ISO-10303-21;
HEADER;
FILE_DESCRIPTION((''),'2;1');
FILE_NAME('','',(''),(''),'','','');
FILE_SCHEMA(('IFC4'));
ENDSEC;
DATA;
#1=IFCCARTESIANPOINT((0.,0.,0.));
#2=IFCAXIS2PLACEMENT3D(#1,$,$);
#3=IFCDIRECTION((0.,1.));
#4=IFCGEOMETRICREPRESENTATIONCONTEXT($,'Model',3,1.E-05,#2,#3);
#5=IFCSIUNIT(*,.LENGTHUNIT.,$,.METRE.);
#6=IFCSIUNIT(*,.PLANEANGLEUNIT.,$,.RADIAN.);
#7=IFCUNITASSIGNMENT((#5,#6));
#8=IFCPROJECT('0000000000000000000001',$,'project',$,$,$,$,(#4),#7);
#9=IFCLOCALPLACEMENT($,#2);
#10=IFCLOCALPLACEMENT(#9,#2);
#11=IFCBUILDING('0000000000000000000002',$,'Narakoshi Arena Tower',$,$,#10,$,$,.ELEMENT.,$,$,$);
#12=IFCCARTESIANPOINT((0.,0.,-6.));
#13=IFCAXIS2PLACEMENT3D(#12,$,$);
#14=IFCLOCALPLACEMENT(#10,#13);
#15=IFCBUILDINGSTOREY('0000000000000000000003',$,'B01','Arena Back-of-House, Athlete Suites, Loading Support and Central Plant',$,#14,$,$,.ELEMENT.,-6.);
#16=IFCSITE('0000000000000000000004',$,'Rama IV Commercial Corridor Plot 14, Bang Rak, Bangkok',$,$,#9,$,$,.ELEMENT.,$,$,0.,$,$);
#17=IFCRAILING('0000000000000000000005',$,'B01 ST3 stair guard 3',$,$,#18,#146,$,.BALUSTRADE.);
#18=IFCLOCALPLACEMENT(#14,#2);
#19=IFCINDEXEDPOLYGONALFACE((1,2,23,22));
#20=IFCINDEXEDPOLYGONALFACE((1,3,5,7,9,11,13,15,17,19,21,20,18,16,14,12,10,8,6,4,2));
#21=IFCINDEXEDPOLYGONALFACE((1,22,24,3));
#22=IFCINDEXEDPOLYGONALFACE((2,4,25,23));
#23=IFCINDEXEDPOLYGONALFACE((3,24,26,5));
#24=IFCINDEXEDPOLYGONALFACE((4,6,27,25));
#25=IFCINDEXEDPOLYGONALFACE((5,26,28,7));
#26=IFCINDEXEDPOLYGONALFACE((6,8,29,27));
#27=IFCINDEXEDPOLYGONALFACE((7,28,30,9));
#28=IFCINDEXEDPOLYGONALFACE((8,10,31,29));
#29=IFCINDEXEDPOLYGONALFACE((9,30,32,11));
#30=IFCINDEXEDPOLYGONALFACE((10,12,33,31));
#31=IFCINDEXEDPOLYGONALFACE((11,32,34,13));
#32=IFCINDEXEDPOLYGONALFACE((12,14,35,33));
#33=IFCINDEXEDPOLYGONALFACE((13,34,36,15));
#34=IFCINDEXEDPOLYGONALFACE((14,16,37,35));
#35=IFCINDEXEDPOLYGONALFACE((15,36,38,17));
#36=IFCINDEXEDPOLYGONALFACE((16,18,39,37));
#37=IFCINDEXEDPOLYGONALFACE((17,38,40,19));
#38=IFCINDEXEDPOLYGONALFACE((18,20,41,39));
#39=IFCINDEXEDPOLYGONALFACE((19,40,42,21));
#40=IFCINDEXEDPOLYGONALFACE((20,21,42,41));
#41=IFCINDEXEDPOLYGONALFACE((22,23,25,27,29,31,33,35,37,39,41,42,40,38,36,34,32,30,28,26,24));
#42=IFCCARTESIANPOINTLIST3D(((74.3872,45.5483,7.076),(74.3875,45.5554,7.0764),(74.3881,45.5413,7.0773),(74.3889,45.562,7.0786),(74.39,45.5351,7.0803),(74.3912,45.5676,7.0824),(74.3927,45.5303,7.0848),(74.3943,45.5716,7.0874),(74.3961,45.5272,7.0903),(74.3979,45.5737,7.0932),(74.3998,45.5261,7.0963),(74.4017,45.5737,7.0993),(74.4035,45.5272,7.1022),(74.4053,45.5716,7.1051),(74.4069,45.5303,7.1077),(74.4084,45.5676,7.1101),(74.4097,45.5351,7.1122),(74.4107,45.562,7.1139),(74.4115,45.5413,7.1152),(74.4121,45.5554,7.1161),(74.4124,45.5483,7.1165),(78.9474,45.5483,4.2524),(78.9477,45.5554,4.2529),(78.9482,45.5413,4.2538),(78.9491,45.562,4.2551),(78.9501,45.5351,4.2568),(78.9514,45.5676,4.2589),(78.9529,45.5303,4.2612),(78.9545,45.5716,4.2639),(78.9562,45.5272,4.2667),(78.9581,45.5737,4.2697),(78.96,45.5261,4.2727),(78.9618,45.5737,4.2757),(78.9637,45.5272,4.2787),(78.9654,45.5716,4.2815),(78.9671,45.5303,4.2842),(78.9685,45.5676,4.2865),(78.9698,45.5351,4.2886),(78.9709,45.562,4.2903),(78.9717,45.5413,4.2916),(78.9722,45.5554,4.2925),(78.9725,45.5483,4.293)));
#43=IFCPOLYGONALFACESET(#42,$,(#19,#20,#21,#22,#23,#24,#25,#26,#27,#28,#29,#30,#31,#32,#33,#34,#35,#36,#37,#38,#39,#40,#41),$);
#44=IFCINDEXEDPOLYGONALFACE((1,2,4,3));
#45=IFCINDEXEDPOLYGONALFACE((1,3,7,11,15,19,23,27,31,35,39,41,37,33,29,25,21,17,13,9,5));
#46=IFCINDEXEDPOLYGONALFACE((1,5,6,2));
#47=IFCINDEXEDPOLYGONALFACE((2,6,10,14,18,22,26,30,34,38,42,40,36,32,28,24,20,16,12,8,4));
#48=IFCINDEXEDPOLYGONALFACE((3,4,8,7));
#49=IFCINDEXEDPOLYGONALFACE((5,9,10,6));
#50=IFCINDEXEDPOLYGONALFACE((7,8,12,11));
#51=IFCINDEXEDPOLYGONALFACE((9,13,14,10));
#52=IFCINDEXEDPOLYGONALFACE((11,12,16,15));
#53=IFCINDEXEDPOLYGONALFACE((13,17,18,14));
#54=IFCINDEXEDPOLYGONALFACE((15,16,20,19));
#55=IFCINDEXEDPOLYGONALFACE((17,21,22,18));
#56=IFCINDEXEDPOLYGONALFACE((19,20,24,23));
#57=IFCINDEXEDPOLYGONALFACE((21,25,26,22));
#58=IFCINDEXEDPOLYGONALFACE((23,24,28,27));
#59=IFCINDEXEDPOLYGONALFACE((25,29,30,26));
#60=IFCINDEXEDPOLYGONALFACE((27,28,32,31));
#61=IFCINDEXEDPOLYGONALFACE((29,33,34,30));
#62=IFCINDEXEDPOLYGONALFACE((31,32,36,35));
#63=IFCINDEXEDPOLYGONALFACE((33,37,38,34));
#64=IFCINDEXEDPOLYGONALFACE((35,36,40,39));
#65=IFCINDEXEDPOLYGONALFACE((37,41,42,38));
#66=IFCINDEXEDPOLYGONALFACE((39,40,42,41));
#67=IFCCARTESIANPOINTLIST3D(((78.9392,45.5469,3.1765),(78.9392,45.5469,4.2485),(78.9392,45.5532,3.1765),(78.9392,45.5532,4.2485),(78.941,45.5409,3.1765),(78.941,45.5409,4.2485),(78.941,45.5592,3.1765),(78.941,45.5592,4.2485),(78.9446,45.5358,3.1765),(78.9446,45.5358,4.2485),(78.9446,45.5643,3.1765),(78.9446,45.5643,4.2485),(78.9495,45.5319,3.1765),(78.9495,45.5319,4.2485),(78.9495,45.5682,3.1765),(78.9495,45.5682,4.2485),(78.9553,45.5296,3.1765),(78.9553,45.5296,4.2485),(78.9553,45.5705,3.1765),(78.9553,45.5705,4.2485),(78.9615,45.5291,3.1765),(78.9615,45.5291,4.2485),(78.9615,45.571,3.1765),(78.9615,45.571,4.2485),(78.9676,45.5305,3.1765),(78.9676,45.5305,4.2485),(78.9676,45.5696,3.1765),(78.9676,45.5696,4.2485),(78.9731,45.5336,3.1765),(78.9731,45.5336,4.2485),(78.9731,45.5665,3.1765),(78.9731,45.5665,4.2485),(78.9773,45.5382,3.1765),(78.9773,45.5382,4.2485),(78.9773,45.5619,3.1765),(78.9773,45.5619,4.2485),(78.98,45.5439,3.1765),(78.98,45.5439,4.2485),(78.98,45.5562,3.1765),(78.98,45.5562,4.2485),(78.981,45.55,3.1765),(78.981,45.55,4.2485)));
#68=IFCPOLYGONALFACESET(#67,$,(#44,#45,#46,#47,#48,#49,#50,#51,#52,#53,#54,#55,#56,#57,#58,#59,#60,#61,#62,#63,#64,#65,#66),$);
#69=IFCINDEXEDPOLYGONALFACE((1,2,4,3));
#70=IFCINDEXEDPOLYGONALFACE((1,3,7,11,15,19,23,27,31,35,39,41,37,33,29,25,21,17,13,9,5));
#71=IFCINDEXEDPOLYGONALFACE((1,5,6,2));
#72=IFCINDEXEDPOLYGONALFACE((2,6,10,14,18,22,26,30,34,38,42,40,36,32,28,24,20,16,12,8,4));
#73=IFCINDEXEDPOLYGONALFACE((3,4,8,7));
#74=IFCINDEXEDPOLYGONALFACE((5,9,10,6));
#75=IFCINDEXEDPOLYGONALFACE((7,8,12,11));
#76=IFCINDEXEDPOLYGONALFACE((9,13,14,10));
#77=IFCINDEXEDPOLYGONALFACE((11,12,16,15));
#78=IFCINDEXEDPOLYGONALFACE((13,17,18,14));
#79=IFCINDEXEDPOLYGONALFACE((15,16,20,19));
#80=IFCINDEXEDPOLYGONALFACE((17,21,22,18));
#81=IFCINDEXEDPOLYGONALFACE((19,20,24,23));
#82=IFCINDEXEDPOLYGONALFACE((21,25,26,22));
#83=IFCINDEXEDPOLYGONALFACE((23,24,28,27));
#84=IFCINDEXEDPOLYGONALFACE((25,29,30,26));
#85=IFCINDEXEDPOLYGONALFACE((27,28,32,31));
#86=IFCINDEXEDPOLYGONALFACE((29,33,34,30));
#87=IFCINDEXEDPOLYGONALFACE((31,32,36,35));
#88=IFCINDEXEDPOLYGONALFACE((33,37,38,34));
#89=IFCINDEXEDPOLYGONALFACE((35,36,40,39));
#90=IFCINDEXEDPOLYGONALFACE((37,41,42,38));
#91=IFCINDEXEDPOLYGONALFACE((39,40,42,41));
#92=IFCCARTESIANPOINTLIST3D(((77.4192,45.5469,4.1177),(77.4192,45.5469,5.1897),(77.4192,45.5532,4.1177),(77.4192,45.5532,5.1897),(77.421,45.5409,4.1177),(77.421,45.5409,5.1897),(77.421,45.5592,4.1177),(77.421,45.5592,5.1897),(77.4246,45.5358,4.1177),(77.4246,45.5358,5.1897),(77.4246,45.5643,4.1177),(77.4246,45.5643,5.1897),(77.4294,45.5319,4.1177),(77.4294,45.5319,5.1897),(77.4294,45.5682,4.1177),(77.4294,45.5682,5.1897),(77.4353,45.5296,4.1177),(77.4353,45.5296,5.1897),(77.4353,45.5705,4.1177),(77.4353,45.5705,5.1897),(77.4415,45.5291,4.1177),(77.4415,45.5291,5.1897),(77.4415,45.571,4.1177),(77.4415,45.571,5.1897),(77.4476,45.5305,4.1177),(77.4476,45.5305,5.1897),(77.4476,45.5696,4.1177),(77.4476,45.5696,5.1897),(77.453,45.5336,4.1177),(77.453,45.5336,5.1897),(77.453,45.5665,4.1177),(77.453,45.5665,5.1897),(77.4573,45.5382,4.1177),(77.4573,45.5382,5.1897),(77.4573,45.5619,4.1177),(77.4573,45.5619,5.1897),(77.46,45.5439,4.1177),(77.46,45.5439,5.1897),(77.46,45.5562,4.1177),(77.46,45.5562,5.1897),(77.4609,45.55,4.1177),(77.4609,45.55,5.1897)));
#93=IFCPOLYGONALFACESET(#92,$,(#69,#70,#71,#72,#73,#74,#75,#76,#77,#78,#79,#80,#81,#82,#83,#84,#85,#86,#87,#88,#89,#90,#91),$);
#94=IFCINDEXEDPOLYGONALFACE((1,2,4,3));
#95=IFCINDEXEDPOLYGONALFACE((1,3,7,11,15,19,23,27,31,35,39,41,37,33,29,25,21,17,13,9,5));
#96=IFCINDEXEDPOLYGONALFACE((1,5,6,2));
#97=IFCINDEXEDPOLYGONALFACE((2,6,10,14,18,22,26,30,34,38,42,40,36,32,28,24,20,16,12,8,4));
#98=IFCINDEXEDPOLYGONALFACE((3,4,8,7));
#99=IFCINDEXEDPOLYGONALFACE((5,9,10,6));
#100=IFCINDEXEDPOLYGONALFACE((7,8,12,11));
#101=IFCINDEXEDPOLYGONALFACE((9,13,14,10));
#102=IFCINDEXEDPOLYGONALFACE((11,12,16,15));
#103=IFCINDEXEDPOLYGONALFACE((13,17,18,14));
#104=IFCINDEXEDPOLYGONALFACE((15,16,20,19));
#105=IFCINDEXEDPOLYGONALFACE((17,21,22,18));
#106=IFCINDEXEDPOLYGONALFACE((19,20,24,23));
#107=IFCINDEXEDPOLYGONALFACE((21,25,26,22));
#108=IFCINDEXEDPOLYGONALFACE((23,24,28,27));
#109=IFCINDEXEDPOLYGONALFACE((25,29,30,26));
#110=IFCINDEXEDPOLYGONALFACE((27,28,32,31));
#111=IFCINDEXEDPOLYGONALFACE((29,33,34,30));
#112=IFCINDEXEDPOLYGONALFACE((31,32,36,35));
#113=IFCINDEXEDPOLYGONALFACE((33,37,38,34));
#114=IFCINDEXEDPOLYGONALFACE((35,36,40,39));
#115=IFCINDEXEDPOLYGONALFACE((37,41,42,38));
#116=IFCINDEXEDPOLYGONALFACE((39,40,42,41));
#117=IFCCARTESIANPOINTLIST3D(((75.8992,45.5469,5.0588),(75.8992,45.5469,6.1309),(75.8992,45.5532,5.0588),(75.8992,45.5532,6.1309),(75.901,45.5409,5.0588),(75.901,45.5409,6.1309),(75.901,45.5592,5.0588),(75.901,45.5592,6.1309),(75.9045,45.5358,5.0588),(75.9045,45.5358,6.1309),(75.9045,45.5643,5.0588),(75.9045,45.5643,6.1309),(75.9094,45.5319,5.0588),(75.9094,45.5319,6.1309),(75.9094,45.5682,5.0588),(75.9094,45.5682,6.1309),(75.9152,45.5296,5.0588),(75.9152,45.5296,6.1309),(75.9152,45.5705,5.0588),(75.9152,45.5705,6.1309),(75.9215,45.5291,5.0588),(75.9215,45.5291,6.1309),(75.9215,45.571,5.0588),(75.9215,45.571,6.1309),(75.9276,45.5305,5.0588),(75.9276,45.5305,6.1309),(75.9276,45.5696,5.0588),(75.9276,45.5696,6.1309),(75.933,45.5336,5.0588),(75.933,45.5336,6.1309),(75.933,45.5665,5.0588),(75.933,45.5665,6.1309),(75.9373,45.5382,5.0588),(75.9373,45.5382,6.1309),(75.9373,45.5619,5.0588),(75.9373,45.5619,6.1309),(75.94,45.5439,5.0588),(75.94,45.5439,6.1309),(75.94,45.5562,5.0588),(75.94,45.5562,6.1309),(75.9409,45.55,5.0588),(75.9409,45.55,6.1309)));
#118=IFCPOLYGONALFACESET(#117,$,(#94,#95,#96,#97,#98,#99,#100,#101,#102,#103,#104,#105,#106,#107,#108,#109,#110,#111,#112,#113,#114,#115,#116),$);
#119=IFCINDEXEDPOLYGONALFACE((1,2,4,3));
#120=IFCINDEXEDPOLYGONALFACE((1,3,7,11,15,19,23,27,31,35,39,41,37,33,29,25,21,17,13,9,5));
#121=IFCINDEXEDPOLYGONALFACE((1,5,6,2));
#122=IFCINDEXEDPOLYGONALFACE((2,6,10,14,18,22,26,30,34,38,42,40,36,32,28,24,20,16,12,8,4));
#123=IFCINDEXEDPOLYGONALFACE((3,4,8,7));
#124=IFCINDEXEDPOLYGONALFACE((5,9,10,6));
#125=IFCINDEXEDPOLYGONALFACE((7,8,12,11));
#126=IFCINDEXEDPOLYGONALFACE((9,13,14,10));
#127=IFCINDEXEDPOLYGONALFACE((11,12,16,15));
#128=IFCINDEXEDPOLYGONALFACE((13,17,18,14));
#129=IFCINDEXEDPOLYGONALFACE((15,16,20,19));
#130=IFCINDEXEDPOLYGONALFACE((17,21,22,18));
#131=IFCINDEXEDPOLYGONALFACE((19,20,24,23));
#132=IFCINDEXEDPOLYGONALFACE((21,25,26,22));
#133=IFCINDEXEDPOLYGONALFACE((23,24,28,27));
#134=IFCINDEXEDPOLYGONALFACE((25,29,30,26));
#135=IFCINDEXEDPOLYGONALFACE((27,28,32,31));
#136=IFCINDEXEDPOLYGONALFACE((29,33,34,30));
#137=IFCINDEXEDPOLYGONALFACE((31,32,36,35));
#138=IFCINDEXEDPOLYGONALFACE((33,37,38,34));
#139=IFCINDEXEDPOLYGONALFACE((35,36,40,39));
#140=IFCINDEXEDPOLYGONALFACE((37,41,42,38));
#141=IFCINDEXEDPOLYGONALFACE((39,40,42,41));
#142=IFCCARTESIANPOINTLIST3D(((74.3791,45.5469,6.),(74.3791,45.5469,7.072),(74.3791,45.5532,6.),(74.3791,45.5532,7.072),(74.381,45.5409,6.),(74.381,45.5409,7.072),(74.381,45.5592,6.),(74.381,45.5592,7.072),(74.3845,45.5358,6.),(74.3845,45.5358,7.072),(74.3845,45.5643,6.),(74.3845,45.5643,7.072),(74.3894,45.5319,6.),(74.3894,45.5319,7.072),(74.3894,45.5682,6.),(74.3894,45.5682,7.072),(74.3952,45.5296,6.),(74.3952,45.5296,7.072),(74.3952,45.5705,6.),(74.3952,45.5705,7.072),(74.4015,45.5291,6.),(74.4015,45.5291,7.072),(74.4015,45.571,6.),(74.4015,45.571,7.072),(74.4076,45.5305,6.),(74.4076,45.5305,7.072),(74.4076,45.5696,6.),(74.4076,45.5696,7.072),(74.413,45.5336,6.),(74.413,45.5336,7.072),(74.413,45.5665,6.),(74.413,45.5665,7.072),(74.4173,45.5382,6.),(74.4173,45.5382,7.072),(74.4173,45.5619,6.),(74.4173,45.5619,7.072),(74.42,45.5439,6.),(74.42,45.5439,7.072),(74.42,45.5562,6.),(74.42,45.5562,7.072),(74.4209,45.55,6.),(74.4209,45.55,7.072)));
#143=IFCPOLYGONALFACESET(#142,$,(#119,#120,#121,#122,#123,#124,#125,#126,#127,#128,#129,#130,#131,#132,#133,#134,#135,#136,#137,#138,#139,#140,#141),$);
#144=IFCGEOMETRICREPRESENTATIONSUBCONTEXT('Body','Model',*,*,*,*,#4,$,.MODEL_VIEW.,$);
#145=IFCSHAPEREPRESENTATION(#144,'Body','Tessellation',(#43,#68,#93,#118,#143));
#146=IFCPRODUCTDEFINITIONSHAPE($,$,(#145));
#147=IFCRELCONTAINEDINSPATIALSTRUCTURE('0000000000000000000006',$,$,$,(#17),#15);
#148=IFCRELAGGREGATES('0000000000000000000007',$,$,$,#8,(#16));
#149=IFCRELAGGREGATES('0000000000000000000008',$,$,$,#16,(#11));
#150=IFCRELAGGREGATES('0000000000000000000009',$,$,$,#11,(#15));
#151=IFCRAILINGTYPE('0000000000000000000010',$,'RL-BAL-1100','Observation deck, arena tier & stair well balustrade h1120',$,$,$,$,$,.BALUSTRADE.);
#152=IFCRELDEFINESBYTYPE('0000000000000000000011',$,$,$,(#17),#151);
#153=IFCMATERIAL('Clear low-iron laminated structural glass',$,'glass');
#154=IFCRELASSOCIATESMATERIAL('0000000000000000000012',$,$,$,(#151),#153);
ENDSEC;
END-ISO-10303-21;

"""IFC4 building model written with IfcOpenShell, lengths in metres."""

from ifc_helpers import new_model, si_unit, direction, frame, origin, origin_2d, place, context, subcontext, project, spatial, circle, extrude, material, type_object, element, save


model = new_model("IFC4")

# Units and contexts
model_context = context("Model", 3, precision=1e-05, world=origin(), true_north=direction((0.0, 1.0)))
body_context = subcontext(model_context, "Body", "Model", "MODEL_VIEW")
ifc_project = project(units=[si_unit("LENGTHUNIT", "METRE"), si_unit("PLANEANGLEUNIT", "RADIAN")], contexts=[model_context])

# Site, building, storey
site_placement = place(None, origin())
site = spatial("IfcSite", under=ifc_project, at=site_placement, Name="Rama IV Commercial Corridor Plot 14, Bang Rak, Bangkok", CompositionType="ELEMENT", RefElevation=0.0)
building_placement = place(site_placement, origin())
building = spatial("IfcBuilding", under=site, at=building_placement, Name="Narakoshi Arena Tower", CompositionType="ELEMENT")
storey_placement = place(building_placement, frame((0.0, 0.0, -6.0)))
storey = spatial("IfcBuildingStorey", under=building, at=storey_placement, Name="B01", Description="Arena Back-of-House, Athlete Suites, Loading Support and Central Plant", CompositionType="ELEMENT", Elevation=-6.0)

# Railing
ifc_material_1 = material(Name="Clear low-iron laminated structural glass", Category="glass")
railing_type_1 = type_object("IfcRailingType", Name="RL-BAL-1100", Description="Observation deck, arena tier & stair well balustrade h1120", PredefinedType="BALUSTRADE", material=ifc_material_1)
railing_1_placement = place(storey_placement, frame((78.96, 45.55, 3.1765)))
element("IfcRailing", 1, at=railing_1_placement, inside=storey, type_object=railing_type_1, Name="B01 ST3 stair guard 3", PredefinedType="BALUSTRADE", context=body_context, shape_type="SweptSolid", body=[
    extrude(circle(Radius=0.0239, at=origin_2d()), frame((0.0, 0.0, 1.0962), z_axis=(-0.850216, 0.0, 0.526435), x_axis=(0.0, -1.0, 0.0)), (0.0, 0.0, 1.0), 5.3635),
    extrude(circle(Radius=0.021, at=origin_2d()), origin(), (0.0, 0.0, 1.0), 1.072),
    extrude(circle(Radius=0.021, at=origin_2d()), frame((-1.52, 0.0, 0.9412)), (0.0, 0.0, 1.0), 1.072),
    extrude(circle(Radius=0.021, at=origin_2d()), frame((-3.04, 0.0, 1.8823)), (0.0, 0.0, 1.0), 1.072),
    extrude(circle(Radius=0.021, at=origin_2d()), frame((-4.5601, 0.0, 2.8235)), (0.0, 0.0, 1.0), 1.072),
])

save(model, "model.ifc")
